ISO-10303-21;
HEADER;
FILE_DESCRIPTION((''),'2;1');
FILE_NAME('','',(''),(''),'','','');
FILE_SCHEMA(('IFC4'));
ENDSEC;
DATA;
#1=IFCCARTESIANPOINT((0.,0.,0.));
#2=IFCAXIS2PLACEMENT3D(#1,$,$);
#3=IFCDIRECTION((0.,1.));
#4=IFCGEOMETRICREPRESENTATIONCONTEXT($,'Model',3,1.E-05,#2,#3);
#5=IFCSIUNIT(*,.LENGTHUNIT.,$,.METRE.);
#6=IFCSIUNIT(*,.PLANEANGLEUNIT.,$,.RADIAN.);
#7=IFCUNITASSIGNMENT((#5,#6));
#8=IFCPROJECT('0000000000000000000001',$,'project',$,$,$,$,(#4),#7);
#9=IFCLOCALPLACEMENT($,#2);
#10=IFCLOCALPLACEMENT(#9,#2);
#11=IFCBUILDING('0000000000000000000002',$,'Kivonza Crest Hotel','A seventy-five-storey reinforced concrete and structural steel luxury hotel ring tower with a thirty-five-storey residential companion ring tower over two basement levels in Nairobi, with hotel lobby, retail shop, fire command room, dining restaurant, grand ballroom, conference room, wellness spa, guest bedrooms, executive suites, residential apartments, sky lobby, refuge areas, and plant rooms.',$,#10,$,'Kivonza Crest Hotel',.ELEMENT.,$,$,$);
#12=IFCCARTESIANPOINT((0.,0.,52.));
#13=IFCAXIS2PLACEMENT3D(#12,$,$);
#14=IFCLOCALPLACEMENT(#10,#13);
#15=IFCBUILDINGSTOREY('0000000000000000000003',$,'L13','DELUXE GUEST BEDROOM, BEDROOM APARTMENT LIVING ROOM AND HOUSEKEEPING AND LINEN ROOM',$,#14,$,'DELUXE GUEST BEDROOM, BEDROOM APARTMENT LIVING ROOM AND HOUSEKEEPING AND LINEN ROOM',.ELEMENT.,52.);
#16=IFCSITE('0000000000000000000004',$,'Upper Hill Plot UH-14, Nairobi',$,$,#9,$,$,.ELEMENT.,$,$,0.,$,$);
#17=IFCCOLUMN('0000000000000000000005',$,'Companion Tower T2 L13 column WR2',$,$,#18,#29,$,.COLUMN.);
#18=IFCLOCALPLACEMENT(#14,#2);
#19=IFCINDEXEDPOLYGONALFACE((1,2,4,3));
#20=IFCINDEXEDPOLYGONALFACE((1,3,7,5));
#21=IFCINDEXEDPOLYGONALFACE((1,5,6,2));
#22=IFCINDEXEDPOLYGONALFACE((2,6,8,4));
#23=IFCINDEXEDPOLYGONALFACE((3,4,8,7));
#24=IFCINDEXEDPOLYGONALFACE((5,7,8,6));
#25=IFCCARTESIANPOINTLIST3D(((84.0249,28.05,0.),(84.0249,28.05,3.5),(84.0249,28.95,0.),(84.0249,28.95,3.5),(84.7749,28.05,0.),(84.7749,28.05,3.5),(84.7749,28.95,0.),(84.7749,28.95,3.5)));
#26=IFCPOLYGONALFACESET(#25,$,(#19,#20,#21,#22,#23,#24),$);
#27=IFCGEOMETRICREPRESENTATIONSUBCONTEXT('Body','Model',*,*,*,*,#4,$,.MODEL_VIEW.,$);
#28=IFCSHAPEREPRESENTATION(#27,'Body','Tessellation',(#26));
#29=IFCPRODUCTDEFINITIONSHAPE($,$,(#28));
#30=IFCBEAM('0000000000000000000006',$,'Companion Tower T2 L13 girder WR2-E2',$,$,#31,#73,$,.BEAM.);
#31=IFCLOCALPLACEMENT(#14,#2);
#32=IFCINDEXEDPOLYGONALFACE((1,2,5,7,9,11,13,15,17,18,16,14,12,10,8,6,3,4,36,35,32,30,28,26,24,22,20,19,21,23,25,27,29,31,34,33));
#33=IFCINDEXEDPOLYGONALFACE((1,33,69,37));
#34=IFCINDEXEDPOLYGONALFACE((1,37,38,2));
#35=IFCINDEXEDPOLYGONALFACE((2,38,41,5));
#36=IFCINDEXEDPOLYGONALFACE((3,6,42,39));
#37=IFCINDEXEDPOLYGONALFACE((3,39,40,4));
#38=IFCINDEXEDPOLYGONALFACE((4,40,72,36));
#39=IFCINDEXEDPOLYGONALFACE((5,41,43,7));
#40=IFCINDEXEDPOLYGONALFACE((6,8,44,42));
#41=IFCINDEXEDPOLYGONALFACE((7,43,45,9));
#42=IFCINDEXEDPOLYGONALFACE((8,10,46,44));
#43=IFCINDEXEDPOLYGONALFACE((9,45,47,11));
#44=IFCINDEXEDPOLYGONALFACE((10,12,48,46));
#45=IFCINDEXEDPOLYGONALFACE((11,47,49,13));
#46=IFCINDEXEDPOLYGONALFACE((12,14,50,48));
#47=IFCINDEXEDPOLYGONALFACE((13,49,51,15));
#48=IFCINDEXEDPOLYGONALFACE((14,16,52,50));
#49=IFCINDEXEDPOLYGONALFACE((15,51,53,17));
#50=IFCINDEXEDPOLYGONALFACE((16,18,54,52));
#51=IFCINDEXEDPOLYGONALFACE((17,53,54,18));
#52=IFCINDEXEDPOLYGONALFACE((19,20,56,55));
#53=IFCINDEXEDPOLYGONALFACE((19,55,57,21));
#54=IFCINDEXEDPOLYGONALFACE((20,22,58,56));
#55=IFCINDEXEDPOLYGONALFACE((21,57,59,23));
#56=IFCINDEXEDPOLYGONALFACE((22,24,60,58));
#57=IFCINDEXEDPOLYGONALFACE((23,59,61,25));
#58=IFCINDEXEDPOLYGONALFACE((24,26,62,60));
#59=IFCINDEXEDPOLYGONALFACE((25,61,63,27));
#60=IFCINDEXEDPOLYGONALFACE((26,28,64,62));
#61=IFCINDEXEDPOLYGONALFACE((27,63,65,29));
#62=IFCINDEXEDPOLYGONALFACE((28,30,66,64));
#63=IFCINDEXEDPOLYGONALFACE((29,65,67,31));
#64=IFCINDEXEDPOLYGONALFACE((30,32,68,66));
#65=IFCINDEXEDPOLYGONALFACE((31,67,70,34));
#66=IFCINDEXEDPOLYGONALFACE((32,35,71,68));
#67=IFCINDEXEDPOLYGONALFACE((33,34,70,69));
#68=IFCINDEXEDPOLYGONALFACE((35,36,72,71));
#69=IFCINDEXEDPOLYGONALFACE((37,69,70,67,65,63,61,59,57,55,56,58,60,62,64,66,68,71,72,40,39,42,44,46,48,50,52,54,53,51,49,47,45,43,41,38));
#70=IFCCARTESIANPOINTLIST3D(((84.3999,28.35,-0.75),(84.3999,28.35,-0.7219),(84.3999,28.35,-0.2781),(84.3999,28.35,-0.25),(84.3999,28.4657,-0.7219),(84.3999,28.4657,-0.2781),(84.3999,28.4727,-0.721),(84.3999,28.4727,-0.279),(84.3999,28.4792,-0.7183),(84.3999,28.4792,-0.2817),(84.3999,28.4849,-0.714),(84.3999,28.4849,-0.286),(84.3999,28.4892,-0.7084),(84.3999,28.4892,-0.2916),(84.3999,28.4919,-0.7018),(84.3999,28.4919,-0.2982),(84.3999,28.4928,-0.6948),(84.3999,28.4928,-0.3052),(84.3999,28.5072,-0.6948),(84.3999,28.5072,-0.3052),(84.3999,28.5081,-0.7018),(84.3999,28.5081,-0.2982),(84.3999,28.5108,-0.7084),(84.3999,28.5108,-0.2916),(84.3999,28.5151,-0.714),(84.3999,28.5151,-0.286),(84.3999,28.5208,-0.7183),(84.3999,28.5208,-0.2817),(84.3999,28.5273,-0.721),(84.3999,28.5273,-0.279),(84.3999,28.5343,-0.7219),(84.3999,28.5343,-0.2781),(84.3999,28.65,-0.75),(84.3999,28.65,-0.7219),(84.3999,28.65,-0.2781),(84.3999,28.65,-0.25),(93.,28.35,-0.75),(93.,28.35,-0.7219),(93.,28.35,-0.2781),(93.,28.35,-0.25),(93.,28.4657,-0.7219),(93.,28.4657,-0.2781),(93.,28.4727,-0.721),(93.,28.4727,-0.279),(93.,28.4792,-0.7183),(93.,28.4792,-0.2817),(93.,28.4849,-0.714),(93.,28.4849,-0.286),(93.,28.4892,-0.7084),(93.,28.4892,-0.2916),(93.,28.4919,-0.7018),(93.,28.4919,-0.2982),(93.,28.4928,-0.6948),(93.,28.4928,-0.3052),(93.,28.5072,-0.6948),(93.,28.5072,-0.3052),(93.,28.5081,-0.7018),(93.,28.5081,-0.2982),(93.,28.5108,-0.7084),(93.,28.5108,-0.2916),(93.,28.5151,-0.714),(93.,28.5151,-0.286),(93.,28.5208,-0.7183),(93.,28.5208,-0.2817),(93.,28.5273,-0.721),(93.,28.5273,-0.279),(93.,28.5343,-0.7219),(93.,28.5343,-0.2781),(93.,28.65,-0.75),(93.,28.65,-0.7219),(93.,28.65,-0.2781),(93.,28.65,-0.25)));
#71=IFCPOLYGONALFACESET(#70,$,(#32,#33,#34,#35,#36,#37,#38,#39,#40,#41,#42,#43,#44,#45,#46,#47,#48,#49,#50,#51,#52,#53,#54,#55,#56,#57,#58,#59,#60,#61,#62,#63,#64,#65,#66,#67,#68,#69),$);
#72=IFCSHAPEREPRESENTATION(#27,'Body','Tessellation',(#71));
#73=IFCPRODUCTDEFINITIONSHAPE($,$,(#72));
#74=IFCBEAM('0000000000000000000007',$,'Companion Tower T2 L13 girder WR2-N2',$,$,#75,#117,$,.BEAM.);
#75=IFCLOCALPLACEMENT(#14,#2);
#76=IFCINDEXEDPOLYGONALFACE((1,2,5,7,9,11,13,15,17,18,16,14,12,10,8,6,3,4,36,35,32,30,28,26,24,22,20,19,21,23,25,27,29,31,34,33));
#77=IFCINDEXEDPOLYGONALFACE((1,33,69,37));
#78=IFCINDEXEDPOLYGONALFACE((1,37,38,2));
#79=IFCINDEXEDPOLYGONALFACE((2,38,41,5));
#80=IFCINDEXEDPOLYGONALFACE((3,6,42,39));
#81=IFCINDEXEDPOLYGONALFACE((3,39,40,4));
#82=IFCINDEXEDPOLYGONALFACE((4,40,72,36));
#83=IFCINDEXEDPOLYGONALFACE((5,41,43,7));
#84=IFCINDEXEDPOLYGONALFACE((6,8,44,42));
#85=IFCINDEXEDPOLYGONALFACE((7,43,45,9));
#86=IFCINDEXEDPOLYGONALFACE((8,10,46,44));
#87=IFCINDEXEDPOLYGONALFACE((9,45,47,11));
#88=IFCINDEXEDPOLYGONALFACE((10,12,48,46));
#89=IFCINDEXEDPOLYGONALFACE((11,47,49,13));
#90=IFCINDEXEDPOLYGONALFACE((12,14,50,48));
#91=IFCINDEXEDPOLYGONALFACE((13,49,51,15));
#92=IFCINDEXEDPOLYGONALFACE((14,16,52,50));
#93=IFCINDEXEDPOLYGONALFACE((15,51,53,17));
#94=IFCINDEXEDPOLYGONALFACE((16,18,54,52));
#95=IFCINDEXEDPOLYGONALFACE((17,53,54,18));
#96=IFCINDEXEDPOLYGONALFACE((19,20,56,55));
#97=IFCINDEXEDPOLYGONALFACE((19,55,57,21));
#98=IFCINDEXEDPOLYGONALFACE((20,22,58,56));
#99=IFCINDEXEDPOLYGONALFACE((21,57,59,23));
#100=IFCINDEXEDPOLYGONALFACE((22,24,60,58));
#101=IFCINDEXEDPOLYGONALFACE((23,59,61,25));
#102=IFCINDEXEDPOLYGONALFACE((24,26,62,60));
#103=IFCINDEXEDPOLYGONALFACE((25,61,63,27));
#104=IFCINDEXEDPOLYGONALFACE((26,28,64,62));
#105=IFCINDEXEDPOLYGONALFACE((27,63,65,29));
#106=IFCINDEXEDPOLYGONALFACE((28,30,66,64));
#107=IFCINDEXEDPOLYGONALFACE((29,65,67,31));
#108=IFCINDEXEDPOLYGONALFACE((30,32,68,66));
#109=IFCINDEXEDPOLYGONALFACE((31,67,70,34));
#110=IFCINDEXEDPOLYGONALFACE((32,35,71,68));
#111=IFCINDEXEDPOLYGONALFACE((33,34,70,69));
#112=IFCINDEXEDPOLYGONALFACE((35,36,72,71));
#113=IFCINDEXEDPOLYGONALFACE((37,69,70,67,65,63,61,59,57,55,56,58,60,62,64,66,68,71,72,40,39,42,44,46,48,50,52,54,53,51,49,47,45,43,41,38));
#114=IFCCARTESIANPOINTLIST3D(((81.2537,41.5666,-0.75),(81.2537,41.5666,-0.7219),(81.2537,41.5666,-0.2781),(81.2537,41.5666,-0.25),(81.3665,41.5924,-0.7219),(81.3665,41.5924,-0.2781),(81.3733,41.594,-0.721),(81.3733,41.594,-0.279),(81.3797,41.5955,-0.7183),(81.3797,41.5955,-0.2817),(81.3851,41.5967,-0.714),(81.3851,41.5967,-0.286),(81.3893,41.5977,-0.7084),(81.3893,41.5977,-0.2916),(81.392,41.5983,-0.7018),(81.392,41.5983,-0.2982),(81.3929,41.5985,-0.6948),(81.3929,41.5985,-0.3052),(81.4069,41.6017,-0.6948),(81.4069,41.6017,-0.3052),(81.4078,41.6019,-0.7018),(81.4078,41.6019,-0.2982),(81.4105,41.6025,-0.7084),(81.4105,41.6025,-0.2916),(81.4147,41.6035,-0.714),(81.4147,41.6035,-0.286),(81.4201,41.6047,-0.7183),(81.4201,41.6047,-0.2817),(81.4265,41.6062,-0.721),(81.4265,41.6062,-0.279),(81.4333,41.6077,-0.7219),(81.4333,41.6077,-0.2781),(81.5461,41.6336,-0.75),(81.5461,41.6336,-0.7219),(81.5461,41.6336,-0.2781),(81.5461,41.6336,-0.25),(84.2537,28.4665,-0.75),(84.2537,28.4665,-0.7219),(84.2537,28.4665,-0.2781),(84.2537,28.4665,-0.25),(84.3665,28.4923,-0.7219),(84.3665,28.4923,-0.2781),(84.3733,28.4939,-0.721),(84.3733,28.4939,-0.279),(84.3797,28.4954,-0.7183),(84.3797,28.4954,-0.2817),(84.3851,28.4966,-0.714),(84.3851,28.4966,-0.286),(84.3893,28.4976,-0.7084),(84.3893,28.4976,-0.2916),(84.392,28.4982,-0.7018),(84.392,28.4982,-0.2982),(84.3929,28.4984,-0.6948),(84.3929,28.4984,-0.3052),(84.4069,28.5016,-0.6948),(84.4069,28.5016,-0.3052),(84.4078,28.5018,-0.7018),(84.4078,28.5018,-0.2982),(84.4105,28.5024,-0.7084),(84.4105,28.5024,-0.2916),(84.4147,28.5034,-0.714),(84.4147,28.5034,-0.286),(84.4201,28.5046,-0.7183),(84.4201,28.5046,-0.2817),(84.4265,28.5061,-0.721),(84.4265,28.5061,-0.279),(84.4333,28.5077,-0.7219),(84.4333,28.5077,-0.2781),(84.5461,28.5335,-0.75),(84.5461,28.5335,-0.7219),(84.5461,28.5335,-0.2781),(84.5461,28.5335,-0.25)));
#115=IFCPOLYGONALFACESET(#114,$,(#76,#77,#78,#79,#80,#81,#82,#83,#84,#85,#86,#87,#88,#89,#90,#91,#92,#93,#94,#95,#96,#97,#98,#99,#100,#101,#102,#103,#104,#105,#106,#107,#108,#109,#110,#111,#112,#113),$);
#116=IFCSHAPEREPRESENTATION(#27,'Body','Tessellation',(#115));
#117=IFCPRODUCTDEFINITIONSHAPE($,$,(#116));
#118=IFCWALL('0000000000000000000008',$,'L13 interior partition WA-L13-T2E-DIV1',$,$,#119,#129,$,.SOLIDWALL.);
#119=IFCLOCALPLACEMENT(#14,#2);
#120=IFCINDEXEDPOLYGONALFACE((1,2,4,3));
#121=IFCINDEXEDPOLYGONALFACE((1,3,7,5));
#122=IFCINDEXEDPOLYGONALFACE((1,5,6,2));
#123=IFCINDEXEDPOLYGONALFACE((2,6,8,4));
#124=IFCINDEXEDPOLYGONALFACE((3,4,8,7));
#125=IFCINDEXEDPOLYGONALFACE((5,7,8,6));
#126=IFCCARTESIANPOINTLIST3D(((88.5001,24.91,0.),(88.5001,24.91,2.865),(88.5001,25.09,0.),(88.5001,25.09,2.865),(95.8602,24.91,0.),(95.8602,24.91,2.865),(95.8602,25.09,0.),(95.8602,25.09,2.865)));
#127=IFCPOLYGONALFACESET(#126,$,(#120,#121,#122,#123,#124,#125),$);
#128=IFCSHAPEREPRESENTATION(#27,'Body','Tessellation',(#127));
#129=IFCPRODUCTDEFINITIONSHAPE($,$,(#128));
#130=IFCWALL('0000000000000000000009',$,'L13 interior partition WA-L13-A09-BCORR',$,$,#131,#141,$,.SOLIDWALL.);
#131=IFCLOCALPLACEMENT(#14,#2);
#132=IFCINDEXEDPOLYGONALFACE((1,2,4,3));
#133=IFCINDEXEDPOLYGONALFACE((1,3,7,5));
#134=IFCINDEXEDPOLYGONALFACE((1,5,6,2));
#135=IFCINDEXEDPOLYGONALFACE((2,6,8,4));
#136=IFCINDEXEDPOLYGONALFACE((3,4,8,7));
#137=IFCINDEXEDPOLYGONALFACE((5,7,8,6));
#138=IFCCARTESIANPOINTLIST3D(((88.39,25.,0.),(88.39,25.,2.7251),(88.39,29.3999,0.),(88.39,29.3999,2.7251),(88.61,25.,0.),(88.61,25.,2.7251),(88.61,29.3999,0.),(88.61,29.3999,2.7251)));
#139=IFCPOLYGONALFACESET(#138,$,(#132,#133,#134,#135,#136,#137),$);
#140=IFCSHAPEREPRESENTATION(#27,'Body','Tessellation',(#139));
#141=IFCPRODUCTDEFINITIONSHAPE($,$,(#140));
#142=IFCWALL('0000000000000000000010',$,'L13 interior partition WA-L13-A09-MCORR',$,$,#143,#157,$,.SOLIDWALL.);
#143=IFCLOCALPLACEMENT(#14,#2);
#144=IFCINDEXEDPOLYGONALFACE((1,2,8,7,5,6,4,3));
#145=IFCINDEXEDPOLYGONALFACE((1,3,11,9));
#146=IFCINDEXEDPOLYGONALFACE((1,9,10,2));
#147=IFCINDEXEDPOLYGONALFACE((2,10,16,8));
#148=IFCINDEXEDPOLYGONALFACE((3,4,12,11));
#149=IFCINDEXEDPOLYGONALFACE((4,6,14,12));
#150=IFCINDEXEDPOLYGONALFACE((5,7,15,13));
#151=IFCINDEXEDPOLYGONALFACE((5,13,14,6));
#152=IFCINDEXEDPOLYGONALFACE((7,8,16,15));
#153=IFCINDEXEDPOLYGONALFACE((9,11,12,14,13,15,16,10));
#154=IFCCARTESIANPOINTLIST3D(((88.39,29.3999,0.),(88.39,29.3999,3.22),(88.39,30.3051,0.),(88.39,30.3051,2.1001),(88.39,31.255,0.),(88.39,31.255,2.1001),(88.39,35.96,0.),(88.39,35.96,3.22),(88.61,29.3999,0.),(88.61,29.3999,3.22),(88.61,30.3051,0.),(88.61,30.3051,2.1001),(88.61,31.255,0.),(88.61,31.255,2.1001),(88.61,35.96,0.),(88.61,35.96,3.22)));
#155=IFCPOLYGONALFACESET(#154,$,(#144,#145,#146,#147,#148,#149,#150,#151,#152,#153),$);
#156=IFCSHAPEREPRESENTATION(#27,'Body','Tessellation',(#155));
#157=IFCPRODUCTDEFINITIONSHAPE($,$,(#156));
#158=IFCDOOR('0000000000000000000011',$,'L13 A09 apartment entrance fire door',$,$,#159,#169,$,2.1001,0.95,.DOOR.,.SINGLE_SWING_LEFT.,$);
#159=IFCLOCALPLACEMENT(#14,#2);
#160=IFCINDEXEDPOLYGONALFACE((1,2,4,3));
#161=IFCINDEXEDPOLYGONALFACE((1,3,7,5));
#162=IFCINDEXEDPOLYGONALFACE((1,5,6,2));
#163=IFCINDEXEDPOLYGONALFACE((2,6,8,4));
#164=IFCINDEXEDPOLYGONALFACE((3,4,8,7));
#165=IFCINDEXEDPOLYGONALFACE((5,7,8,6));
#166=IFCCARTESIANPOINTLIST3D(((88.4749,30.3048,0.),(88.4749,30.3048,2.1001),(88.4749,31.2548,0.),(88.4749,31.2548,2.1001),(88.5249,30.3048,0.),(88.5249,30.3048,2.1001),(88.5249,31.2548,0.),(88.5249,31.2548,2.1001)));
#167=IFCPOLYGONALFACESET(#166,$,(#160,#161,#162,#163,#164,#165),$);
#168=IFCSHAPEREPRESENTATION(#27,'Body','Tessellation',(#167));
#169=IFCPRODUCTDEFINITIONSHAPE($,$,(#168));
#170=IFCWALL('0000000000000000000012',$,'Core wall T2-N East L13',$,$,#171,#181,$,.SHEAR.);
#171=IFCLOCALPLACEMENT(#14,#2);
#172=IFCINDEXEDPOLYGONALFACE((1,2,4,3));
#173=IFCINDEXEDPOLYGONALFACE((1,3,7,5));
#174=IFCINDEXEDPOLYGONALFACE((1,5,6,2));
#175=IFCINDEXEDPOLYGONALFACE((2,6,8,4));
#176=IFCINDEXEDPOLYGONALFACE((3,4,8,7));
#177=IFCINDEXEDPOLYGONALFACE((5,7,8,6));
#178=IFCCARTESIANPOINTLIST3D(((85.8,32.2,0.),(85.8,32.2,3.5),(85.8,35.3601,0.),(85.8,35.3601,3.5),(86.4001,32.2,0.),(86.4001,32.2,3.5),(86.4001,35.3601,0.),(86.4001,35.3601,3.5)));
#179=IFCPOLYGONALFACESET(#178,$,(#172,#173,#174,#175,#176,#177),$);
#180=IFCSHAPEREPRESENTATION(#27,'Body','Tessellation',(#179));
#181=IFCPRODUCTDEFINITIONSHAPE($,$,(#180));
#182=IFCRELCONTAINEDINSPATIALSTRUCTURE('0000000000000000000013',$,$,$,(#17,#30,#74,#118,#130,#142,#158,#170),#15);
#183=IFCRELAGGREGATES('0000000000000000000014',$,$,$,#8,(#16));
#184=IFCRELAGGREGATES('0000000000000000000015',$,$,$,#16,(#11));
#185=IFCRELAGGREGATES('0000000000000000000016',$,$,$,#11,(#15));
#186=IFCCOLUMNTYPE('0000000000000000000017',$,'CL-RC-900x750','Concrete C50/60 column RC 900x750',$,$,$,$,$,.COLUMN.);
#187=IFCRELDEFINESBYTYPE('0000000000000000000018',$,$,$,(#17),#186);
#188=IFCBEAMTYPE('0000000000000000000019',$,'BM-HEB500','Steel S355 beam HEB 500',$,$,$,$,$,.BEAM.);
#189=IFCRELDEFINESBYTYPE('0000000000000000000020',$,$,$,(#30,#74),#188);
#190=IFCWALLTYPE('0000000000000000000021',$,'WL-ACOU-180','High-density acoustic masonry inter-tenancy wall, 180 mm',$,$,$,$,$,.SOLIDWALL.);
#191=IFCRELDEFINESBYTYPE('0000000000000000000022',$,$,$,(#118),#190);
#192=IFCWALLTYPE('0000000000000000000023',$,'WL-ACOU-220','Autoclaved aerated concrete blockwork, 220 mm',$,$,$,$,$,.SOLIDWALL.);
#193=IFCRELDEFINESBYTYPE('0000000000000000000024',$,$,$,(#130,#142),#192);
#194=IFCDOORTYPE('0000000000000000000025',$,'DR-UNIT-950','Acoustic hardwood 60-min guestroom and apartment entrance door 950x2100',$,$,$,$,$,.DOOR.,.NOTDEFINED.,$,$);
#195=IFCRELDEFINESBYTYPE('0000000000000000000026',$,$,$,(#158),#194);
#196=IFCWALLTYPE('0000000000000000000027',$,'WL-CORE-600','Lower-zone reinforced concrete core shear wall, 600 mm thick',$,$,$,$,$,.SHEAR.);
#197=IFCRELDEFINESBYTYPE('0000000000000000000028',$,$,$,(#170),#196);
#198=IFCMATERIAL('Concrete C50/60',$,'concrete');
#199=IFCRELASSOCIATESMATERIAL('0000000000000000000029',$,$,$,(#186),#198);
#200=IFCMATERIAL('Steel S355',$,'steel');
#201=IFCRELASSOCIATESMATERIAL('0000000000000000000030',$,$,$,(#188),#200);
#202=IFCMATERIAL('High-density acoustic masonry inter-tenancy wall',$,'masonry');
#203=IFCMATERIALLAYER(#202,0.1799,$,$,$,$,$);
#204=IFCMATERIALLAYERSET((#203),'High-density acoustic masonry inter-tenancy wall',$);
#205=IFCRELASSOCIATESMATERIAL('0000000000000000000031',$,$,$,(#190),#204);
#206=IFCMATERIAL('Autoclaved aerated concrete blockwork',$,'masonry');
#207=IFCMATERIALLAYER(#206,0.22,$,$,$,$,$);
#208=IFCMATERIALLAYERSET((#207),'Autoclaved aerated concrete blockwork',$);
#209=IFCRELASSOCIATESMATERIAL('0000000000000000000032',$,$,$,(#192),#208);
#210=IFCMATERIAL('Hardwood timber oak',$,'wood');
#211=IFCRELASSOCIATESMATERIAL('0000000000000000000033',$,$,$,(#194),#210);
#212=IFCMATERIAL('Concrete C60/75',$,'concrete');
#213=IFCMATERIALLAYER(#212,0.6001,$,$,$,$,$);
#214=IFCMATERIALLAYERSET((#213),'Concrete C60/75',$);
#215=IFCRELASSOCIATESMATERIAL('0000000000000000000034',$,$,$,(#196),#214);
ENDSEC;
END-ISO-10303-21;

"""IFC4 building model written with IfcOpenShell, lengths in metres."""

from ifc_helpers import new_model, si_unit, direction, frame, frame_2d, origin, origin_2d, place, context, subcontext, project, spatial, rectangle, i_section, extrude, material, layer, layer_set, material_profile, profile_set, type_object, element, fill, save


model = new_model("IFC4")

# Units and contexts
model_context = context("Model", 3, precision=1e-05, world=origin(), true_north=direction((0.0, 1.0)))
body_context = subcontext(model_context, "Body", "Model", "MODEL_VIEW")
ifc_project = project(units=[si_unit("LENGTHUNIT", "METRE"), si_unit("PLANEANGLEUNIT", "RADIAN")], contexts=[model_context])

# Site, building, storey
site_placement = place(None, origin())
site = spatial("IfcSite", under=ifc_project, at=site_placement, Name="Upper Hill Plot UH-14, Nairobi", CompositionType="ELEMENT", RefElevation=0.0)
building_placement = place(site_placement, origin())
building = spatial("IfcBuilding", under=site, at=building_placement, Name="Kivonza Crest Hotel", Description="A seventy-five-storey reinforced concrete and structural steel luxury hotel ring tower with a thirty-five-storey residential companion ring tower over two basement levels in Nairobi, with hotel lobby, retail shop, fire command room, dining restaurant, grand ballroom, conference room, wellness spa, guest bedrooms, executive suites, residential apartments, sky lobby, refuge areas, and plant rooms.", LongName="Kivonza Crest Hotel", CompositionType="ELEMENT")
storey_placement = place(building_placement, frame((0.0, 0.0, 52.0)))
storey = spatial("IfcBuildingStorey", under=building, at=storey_placement, Name="L13", Description="DELUXE GUEST BEDROOM, BEDROOM APARTMENT LIVING ROOM AND HOUSEKEEPING AND LINEN ROOM", LongName="DELUXE GUEST BEDROOM, BEDROOM APARTMENT LIVING ROOM AND HOUSEKEEPING AND LINEN ROOM", CompositionType="ELEMENT", Elevation=52.0)

# Column
ifc_material_1 = material(Name="Concrete C50/60", Category="concrete")
ifc_material_profile_1 = material_profile(ifc_material_1, rectangle(XDim=0.75, YDim=0.8999, at=origin_2d()), Name="RC 900x750")
ifc_profile_set_1 = profile_set([ifc_material_profile_1], Name="Concrete C50/60")
column_type = type_object("IfcColumnType", Name="CL-RC-900x750", Description="Concrete C50/60 column RC 900x750", PredefinedType="COLUMN", material=ifc_profile_set_1)
column_placement = place(storey_placement, frame((84.3999, 28.5, 0.0), z_axis=(0.0, 0.0, 1.0), x_axis=(1.0, 0.0, 0.0)))
element("IfcColumn", 1, at=column_placement, inside=storey, type_object=column_type, Name="Companion Tower T2 L13 column WR2", PredefinedType="COLUMN", context=body_context, shape_type="SweptSolid", body=[
    extrude(rectangle(XDim=0.75, YDim=0.8999, at=origin_2d()), origin(), (0.0, 0.0, 1.0), 3.5),
])

# Beams
ifc_material_2 = material(Name="Steel S355", Category="steel")
ifc_material_profile_2 = material_profile(ifc_material_2, i_section(OverallWidth=0.3, OverallDepth=0.5, WebThickness=0.0144, FlangeThickness=0.0281, FilletRadius=0.0271, at=origin_2d()), Name="HEB 500")
ifc_profile_set_2 = profile_set([ifc_material_profile_2], Name="Steel S355")
beam_type = type_object("IfcBeamType", Name="BM-HEB500", Description="Steel S355 beam HEB 500", PredefinedType="BEAM", material=ifc_profile_set_2)
beam_1_placement = place(storey_placement, frame((84.3999, 28.5, -0.5), z_axis=(1.0, 0.0, 0.0), x_axis=(0.0, 1.0, 0.0)))
element("IfcBeam", 2, at=beam_1_placement, inside=storey, type_object=beam_type, Name="Companion Tower T2 L13 girder WR2-E2", PredefinedType="BEAM", context=body_context, shape_type="SweptSolid", body=[
    extrude(i_section(OverallWidth=0.3, OverallDepth=0.5, WebThickness=0.0144, FlangeThickness=0.0281, FilletRadius=0.0271, at=origin_2d()), origin(), (0.0, 0.0, 1.0), 8.6001),
])
beam_2_placement = place(storey_placement, frame((84.3999, 28.5, -0.5), z_axis=(-0.223227, 0.974766, 0.0), x_axis=(-0.974766, -0.223227, 0.0)))
element("IfcBeam", 3, at=beam_2_placement, inside=storey, type_object=beam_type, Name="Companion Tower T2 L13 girder WR2-N2", PredefinedType="BEAM", context=body_context, shape_type="SweptSolid", body=[
    extrude(i_section(OverallWidth=0.3, OverallDepth=0.5, WebThickness=0.0144, FlangeThickness=0.0281, FilletRadius=0.0271, at=origin_2d()), origin(), (0.0, 0.0, 1.0), 13.4392),
])

# Walls
ifc_material_3 = material(Name="High-density acoustic masonry inter-tenancy wall", Category="masonry")
ifc_layer_1 = layer(ifc_material_3, 0.1799)
ifc_layer_set_1 = layer_set([ifc_layer_1], Name="High-density acoustic masonry inter-tenancy wall")
wall_type_1 = type_object("IfcWallType", Name="WL-ACOU-180", Description="High-density acoustic masonry inter-tenancy wall, 180 mm", PredefinedType="SOLIDWALL", material=ifc_layer_set_1)
wall_1_placement = place(storey_placement, frame((88.5, 25.0, 0.0), z_axis=(0.0, 0.0, 1.0), x_axis=(1.0, 0.0, 0.0)))
element("IfcWall", 4, at=wall_1_placement, inside=storey, type_object=wall_type_1, Name="L13 interior partition WA-L13-T2E-DIV1", PredefinedType="SOLIDWALL", context=body_context, shape_type="SweptSolid", body=[
    extrude(rectangle(XDim=7.3601, YDim=0.1799, at=frame_2d((3.6802, 0.0))), origin(), (0.0, 0.0, 1.0), 2.865),
])
ifc_material_4 = material(Name="Autoclaved aerated concrete blockwork", Category="masonry")
ifc_layer_2 = layer(ifc_material_4, 0.22)
ifc_layer_set_2 = layer_set([ifc_layer_2], Name="Autoclaved aerated concrete blockwork")
wall_type_2 = type_object("IfcWallType", Name="WL-ACOU-220", Description="Autoclaved aerated concrete blockwork, 220 mm", PredefinedType="SOLIDWALL", material=ifc_layer_set_2)
wall_2_placement = place(storey_placement, frame((88.5, 25.0, 0.0), z_axis=(0.0, 0.0, 1.0), x_axis=(0.0, 1.0, 0.0)))
element("IfcWall", 5, at=wall_2_placement, inside=storey, type_object=wall_type_2, Name="L13 interior partition WA-L13-A09-BCORR", PredefinedType="SOLIDWALL", context=body_context, shape_type="SweptSolid", body=[
    extrude(rectangle(XDim=4.3999, YDim=0.22, at=frame_2d((2.2, 0.0))), origin(), (0.0, 0.0, 1.0), 2.7251),
])

# Wall, opening, door
wall_3_placement = place(storey_placement, frame((88.5, 29.3999, 0.0), z_axis=(0.0, 0.0, 1.0), x_axis=(0.0, 1.0, 0.0)))
wall_3 = element("IfcWall", 6, at=wall_3_placement, inside=storey, type_object=wall_type_2, Name="L13 interior partition WA-L13-A09-MCORR", PredefinedType="SOLIDWALL", context=body_context, shape_type="SweptSolid", body=[
    extrude(rectangle(XDim=6.5601, YDim=0.22, at=frame_2d((3.28, 0.0))), origin(), (0.0, 0.0, 1.0), 3.22),
])
opening_1_placement = place(wall_3_placement, frame((0.905, 0.0, 0.0)))
opening_1 = element("IfcOpeningElement", 7, at=opening_1_placement, cuts=wall_3, PredefinedType="OPENING", context=body_context, shape_type="SweptSolid", body=[
    extrude(rectangle(XDim=0.95, YDim=2.1001, at=frame_2d((0.4751, 1.05))), frame((0.0, 0.1201, 0.0), z_axis=(0.0, -1.0, 0.0), x_axis=(1.0, 0.0, 0.0)), (0.0, 0.0, 1.0), 0.24),
])
ifc_material_5 = material(Name="Hardwood timber oak", Category="wood")
door_type_1 = type_object("IfcDoorType", Name="DR-UNIT-950", Description="Acoustic hardwood 60-min guestroom and apartment entrance door 950x2100", OperationType="NOTDEFINED", PredefinedType="DOOR", material=ifc_material_5)
door_1_placement = place(opening_1_placement, frame((0.95, 0.0, 0.0), z_axis=(0.0, 0.0, 1.0), x_axis=(-1.0, 0.0, 0.0)))
door_1 = element("IfcDoor", 8, at=door_1_placement, inside=storey, type_object=door_type_1, Name="L13 A09 apartment entrance fire door", OperationType="SINGLE_SWING_LEFT", OverallHeight=2.1001, OverallWidth=0.95, PredefinedType="DOOR", context=body_context, shape_type="SweptSolid", body=[
    extrude(rectangle(XDim=0.95, YDim=2.1001, at=frame_2d((0.4751, 1.05))), frame((0.0, 0.0249, 0.0), z_axis=(0.0, -1.0, 0.0), x_axis=(1.0, 0.0, 0.0)), (0.0, 0.0, 1.0), 0.05),
])
fill(opening_1, door_1)

# Wall
ifc_material_6 = material(Name="Concrete C60/75", Category="concrete")
ifc_layer_3 = layer(ifc_material_6, 0.6001)
ifc_layer_set_3 = layer_set([ifc_layer_3], Name="Concrete C60/75")
wall_type_3 = type_object("IfcWallType", Name="WL-CORE-600", Description="Lower-zone reinforced concrete core shear wall, 600 mm thick", PredefinedType="SHEAR", material=ifc_layer_set_3)
wall_4_placement = place(storey_placement, frame((86.1001, 32.2, 0.0), z_axis=(0.0, 0.0, 1.0), x_axis=(0.0, 1.0, 0.0)))
element("IfcWall", 9, at=wall_4_placement, inside=storey, type_object=wall_type_3, Name="Core wall T2-N East L13", PredefinedType="SHEAR", context=body_context, shape_type="SweptSolid", body=[
    extrude(rectangle(XDim=3.1602, YDim=0.6001, at=frame_2d((1.5801, 0.0))), origin(), (0.0, 0.0, 1.0), 3.5),
])

save(model, "model.ifc")
